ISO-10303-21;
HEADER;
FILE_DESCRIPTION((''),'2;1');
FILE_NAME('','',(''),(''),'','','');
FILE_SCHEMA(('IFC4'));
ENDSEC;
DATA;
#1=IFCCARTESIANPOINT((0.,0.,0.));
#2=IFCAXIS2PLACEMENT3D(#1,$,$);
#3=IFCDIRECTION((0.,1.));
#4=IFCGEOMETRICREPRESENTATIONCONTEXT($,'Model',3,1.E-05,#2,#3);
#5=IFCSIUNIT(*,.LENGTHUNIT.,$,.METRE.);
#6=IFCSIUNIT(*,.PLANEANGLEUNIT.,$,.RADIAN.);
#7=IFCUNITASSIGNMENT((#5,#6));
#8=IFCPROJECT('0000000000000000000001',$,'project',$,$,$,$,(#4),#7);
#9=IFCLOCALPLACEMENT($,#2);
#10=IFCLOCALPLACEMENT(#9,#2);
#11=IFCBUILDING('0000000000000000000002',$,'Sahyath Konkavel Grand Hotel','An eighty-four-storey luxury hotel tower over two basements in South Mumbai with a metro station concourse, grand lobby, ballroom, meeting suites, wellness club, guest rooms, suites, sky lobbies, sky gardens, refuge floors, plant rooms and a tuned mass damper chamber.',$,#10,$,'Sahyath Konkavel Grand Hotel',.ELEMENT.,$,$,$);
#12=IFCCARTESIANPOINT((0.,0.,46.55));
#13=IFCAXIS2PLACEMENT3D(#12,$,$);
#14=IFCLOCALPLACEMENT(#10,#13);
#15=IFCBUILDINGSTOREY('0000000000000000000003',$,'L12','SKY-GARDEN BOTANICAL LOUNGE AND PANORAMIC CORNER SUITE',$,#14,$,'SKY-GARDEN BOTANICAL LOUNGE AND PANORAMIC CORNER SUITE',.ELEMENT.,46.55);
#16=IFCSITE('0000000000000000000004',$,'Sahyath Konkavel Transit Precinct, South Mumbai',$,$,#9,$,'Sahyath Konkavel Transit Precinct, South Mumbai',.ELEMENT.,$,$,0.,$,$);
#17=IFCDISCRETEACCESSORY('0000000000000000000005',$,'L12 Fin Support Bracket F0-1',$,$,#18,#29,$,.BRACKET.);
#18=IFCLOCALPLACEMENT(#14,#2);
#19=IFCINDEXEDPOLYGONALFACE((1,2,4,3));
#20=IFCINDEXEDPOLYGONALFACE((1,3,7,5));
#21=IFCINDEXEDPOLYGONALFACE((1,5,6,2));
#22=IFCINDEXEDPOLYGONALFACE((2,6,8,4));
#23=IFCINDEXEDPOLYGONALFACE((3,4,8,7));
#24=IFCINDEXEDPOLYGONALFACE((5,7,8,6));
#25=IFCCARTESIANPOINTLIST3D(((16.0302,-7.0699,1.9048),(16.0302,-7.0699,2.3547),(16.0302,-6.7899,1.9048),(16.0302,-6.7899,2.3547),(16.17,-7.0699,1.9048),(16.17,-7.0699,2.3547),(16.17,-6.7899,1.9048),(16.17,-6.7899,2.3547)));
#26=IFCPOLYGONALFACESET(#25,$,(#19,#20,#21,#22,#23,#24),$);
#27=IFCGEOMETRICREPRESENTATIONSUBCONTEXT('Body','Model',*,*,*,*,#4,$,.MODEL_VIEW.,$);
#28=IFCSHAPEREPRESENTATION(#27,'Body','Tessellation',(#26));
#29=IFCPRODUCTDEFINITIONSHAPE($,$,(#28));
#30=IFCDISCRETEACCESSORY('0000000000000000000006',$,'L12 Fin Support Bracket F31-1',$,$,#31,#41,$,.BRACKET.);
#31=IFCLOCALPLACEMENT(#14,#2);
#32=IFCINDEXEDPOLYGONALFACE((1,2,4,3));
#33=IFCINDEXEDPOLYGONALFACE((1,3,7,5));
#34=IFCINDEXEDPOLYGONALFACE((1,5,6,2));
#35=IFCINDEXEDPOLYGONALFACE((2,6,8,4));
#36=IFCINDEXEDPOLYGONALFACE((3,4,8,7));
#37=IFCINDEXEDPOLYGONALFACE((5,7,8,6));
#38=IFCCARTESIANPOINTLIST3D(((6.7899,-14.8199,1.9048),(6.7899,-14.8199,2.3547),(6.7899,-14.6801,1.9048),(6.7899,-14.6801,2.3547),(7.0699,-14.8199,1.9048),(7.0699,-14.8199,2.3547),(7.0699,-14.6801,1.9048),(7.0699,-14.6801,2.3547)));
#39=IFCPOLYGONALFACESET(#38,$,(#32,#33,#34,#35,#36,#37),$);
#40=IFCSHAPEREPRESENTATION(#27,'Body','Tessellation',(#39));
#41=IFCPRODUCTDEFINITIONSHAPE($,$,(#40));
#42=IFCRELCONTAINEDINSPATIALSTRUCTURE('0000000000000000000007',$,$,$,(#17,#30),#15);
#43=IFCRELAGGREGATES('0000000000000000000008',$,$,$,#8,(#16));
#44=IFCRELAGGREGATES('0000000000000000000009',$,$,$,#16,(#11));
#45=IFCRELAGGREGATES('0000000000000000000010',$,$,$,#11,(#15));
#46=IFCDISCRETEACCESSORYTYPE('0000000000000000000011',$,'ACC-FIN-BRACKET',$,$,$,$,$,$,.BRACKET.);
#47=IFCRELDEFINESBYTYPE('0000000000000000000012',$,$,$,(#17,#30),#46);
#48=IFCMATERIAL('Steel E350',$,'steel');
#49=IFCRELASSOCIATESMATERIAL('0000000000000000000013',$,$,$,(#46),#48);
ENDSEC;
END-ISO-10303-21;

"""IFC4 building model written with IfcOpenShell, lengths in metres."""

from ifc_helpers import new_model, si_unit, direction, frame, origin, origin_2d, place, context, subcontext, project, spatial, rectangle, extrude, source, transform, mapped, material, type_object, element, save


model = new_model("IFC4")

# Units and contexts
model_context = context("Model", 3, precision=1e-05, world=origin(), true_north=direction((0.0, 1.0)))
body_context = subcontext(model_context, "Body", "Model", "MODEL_VIEW")
ifc_project = project(units=[si_unit("LENGTHUNIT", "METRE"), si_unit("PLANEANGLEUNIT", "RADIAN")], contexts=[model_context])

# Site, building, storey
site_placement = place(None, origin())
site = spatial("IfcSite", under=ifc_project, at=site_placement, Name="Sahyath Konkavel Transit Precinct, South Mumbai", LongName="Sahyath Konkavel Transit Precinct, South Mumbai", CompositionType="ELEMENT", RefElevation=0.0)
building_placement = place(site_placement, origin())
building = spatial("IfcBuilding", under=site, at=building_placement, Name="Sahyath Konkavel Grand Hotel", Description="An eighty-four-storey luxury hotel tower over two basements in South Mumbai with a metro station concourse, grand lobby, ballroom, meeting suites, wellness club, guest rooms, suites, sky lobbies, sky gardens, refuge floors, plant rooms and a tuned mass damper chamber.", LongName="Sahyath Konkavel Grand Hotel", CompositionType="ELEMENT")
storey_placement = place(building_placement, frame((0.0, 0.0, 46.55)))
storey = spatial("IfcBuildingStorey", under=building, at=storey_placement, Name="L12", Description="SKY-GARDEN BOTANICAL LOUNGE AND PANORAMIC CORNER SUITE", LongName="SKY-GARDEN BOTANICAL LOUNGE AND PANORAMIC CORNER SUITE", CompositionType="ELEMENT", Elevation=46.55)

# Discrete accessories
ifc_material_1 = material(Name="Steel E350", Category="steel")
discrete_accessory_type = type_object("IfcDiscreteAccessoryType", Name="ACC-FIN-BRACKET", PredefinedType="BRACKET", material=ifc_material_1)
shared_shape_1 = source(origin(), body_context, "Body", "SweptSolid", [
    extrude(rectangle(XDim=0.28, YDim=0.1399, at=origin_2d()), origin(), (0.0, 0.0, 1.0), 0.45),
])
for number, where, z_axis, x_axis, name in (
    (1, (16.1001, -6.9299, 1.9048), (0.0, 0.0, 1.0), (0.0, -1.0, 0.0), "L12 Fin Support Bracket F0-1"),
    (2, (6.9299, -14.75, 1.9048), (0.0, 0.0, 1.0), (1.0, 0.0, 0.0), "L12 Fin Support Bracket F31-1"),
):
    element("IfcDiscreteAccessory", number, at=place(storey_placement, frame(where, z_axis=z_axis, x_axis=x_axis)), inside=storey, type_object=discrete_accessory_type, Name=name, PredefinedType="BRACKET", context=body_context, shape_type="MappedRepresentation", body=[
        mapped(shared_shape_1, transform((0.0, 0.0, 0.0), scale=1.0)),
    ])

save(model, "model.ifc")
